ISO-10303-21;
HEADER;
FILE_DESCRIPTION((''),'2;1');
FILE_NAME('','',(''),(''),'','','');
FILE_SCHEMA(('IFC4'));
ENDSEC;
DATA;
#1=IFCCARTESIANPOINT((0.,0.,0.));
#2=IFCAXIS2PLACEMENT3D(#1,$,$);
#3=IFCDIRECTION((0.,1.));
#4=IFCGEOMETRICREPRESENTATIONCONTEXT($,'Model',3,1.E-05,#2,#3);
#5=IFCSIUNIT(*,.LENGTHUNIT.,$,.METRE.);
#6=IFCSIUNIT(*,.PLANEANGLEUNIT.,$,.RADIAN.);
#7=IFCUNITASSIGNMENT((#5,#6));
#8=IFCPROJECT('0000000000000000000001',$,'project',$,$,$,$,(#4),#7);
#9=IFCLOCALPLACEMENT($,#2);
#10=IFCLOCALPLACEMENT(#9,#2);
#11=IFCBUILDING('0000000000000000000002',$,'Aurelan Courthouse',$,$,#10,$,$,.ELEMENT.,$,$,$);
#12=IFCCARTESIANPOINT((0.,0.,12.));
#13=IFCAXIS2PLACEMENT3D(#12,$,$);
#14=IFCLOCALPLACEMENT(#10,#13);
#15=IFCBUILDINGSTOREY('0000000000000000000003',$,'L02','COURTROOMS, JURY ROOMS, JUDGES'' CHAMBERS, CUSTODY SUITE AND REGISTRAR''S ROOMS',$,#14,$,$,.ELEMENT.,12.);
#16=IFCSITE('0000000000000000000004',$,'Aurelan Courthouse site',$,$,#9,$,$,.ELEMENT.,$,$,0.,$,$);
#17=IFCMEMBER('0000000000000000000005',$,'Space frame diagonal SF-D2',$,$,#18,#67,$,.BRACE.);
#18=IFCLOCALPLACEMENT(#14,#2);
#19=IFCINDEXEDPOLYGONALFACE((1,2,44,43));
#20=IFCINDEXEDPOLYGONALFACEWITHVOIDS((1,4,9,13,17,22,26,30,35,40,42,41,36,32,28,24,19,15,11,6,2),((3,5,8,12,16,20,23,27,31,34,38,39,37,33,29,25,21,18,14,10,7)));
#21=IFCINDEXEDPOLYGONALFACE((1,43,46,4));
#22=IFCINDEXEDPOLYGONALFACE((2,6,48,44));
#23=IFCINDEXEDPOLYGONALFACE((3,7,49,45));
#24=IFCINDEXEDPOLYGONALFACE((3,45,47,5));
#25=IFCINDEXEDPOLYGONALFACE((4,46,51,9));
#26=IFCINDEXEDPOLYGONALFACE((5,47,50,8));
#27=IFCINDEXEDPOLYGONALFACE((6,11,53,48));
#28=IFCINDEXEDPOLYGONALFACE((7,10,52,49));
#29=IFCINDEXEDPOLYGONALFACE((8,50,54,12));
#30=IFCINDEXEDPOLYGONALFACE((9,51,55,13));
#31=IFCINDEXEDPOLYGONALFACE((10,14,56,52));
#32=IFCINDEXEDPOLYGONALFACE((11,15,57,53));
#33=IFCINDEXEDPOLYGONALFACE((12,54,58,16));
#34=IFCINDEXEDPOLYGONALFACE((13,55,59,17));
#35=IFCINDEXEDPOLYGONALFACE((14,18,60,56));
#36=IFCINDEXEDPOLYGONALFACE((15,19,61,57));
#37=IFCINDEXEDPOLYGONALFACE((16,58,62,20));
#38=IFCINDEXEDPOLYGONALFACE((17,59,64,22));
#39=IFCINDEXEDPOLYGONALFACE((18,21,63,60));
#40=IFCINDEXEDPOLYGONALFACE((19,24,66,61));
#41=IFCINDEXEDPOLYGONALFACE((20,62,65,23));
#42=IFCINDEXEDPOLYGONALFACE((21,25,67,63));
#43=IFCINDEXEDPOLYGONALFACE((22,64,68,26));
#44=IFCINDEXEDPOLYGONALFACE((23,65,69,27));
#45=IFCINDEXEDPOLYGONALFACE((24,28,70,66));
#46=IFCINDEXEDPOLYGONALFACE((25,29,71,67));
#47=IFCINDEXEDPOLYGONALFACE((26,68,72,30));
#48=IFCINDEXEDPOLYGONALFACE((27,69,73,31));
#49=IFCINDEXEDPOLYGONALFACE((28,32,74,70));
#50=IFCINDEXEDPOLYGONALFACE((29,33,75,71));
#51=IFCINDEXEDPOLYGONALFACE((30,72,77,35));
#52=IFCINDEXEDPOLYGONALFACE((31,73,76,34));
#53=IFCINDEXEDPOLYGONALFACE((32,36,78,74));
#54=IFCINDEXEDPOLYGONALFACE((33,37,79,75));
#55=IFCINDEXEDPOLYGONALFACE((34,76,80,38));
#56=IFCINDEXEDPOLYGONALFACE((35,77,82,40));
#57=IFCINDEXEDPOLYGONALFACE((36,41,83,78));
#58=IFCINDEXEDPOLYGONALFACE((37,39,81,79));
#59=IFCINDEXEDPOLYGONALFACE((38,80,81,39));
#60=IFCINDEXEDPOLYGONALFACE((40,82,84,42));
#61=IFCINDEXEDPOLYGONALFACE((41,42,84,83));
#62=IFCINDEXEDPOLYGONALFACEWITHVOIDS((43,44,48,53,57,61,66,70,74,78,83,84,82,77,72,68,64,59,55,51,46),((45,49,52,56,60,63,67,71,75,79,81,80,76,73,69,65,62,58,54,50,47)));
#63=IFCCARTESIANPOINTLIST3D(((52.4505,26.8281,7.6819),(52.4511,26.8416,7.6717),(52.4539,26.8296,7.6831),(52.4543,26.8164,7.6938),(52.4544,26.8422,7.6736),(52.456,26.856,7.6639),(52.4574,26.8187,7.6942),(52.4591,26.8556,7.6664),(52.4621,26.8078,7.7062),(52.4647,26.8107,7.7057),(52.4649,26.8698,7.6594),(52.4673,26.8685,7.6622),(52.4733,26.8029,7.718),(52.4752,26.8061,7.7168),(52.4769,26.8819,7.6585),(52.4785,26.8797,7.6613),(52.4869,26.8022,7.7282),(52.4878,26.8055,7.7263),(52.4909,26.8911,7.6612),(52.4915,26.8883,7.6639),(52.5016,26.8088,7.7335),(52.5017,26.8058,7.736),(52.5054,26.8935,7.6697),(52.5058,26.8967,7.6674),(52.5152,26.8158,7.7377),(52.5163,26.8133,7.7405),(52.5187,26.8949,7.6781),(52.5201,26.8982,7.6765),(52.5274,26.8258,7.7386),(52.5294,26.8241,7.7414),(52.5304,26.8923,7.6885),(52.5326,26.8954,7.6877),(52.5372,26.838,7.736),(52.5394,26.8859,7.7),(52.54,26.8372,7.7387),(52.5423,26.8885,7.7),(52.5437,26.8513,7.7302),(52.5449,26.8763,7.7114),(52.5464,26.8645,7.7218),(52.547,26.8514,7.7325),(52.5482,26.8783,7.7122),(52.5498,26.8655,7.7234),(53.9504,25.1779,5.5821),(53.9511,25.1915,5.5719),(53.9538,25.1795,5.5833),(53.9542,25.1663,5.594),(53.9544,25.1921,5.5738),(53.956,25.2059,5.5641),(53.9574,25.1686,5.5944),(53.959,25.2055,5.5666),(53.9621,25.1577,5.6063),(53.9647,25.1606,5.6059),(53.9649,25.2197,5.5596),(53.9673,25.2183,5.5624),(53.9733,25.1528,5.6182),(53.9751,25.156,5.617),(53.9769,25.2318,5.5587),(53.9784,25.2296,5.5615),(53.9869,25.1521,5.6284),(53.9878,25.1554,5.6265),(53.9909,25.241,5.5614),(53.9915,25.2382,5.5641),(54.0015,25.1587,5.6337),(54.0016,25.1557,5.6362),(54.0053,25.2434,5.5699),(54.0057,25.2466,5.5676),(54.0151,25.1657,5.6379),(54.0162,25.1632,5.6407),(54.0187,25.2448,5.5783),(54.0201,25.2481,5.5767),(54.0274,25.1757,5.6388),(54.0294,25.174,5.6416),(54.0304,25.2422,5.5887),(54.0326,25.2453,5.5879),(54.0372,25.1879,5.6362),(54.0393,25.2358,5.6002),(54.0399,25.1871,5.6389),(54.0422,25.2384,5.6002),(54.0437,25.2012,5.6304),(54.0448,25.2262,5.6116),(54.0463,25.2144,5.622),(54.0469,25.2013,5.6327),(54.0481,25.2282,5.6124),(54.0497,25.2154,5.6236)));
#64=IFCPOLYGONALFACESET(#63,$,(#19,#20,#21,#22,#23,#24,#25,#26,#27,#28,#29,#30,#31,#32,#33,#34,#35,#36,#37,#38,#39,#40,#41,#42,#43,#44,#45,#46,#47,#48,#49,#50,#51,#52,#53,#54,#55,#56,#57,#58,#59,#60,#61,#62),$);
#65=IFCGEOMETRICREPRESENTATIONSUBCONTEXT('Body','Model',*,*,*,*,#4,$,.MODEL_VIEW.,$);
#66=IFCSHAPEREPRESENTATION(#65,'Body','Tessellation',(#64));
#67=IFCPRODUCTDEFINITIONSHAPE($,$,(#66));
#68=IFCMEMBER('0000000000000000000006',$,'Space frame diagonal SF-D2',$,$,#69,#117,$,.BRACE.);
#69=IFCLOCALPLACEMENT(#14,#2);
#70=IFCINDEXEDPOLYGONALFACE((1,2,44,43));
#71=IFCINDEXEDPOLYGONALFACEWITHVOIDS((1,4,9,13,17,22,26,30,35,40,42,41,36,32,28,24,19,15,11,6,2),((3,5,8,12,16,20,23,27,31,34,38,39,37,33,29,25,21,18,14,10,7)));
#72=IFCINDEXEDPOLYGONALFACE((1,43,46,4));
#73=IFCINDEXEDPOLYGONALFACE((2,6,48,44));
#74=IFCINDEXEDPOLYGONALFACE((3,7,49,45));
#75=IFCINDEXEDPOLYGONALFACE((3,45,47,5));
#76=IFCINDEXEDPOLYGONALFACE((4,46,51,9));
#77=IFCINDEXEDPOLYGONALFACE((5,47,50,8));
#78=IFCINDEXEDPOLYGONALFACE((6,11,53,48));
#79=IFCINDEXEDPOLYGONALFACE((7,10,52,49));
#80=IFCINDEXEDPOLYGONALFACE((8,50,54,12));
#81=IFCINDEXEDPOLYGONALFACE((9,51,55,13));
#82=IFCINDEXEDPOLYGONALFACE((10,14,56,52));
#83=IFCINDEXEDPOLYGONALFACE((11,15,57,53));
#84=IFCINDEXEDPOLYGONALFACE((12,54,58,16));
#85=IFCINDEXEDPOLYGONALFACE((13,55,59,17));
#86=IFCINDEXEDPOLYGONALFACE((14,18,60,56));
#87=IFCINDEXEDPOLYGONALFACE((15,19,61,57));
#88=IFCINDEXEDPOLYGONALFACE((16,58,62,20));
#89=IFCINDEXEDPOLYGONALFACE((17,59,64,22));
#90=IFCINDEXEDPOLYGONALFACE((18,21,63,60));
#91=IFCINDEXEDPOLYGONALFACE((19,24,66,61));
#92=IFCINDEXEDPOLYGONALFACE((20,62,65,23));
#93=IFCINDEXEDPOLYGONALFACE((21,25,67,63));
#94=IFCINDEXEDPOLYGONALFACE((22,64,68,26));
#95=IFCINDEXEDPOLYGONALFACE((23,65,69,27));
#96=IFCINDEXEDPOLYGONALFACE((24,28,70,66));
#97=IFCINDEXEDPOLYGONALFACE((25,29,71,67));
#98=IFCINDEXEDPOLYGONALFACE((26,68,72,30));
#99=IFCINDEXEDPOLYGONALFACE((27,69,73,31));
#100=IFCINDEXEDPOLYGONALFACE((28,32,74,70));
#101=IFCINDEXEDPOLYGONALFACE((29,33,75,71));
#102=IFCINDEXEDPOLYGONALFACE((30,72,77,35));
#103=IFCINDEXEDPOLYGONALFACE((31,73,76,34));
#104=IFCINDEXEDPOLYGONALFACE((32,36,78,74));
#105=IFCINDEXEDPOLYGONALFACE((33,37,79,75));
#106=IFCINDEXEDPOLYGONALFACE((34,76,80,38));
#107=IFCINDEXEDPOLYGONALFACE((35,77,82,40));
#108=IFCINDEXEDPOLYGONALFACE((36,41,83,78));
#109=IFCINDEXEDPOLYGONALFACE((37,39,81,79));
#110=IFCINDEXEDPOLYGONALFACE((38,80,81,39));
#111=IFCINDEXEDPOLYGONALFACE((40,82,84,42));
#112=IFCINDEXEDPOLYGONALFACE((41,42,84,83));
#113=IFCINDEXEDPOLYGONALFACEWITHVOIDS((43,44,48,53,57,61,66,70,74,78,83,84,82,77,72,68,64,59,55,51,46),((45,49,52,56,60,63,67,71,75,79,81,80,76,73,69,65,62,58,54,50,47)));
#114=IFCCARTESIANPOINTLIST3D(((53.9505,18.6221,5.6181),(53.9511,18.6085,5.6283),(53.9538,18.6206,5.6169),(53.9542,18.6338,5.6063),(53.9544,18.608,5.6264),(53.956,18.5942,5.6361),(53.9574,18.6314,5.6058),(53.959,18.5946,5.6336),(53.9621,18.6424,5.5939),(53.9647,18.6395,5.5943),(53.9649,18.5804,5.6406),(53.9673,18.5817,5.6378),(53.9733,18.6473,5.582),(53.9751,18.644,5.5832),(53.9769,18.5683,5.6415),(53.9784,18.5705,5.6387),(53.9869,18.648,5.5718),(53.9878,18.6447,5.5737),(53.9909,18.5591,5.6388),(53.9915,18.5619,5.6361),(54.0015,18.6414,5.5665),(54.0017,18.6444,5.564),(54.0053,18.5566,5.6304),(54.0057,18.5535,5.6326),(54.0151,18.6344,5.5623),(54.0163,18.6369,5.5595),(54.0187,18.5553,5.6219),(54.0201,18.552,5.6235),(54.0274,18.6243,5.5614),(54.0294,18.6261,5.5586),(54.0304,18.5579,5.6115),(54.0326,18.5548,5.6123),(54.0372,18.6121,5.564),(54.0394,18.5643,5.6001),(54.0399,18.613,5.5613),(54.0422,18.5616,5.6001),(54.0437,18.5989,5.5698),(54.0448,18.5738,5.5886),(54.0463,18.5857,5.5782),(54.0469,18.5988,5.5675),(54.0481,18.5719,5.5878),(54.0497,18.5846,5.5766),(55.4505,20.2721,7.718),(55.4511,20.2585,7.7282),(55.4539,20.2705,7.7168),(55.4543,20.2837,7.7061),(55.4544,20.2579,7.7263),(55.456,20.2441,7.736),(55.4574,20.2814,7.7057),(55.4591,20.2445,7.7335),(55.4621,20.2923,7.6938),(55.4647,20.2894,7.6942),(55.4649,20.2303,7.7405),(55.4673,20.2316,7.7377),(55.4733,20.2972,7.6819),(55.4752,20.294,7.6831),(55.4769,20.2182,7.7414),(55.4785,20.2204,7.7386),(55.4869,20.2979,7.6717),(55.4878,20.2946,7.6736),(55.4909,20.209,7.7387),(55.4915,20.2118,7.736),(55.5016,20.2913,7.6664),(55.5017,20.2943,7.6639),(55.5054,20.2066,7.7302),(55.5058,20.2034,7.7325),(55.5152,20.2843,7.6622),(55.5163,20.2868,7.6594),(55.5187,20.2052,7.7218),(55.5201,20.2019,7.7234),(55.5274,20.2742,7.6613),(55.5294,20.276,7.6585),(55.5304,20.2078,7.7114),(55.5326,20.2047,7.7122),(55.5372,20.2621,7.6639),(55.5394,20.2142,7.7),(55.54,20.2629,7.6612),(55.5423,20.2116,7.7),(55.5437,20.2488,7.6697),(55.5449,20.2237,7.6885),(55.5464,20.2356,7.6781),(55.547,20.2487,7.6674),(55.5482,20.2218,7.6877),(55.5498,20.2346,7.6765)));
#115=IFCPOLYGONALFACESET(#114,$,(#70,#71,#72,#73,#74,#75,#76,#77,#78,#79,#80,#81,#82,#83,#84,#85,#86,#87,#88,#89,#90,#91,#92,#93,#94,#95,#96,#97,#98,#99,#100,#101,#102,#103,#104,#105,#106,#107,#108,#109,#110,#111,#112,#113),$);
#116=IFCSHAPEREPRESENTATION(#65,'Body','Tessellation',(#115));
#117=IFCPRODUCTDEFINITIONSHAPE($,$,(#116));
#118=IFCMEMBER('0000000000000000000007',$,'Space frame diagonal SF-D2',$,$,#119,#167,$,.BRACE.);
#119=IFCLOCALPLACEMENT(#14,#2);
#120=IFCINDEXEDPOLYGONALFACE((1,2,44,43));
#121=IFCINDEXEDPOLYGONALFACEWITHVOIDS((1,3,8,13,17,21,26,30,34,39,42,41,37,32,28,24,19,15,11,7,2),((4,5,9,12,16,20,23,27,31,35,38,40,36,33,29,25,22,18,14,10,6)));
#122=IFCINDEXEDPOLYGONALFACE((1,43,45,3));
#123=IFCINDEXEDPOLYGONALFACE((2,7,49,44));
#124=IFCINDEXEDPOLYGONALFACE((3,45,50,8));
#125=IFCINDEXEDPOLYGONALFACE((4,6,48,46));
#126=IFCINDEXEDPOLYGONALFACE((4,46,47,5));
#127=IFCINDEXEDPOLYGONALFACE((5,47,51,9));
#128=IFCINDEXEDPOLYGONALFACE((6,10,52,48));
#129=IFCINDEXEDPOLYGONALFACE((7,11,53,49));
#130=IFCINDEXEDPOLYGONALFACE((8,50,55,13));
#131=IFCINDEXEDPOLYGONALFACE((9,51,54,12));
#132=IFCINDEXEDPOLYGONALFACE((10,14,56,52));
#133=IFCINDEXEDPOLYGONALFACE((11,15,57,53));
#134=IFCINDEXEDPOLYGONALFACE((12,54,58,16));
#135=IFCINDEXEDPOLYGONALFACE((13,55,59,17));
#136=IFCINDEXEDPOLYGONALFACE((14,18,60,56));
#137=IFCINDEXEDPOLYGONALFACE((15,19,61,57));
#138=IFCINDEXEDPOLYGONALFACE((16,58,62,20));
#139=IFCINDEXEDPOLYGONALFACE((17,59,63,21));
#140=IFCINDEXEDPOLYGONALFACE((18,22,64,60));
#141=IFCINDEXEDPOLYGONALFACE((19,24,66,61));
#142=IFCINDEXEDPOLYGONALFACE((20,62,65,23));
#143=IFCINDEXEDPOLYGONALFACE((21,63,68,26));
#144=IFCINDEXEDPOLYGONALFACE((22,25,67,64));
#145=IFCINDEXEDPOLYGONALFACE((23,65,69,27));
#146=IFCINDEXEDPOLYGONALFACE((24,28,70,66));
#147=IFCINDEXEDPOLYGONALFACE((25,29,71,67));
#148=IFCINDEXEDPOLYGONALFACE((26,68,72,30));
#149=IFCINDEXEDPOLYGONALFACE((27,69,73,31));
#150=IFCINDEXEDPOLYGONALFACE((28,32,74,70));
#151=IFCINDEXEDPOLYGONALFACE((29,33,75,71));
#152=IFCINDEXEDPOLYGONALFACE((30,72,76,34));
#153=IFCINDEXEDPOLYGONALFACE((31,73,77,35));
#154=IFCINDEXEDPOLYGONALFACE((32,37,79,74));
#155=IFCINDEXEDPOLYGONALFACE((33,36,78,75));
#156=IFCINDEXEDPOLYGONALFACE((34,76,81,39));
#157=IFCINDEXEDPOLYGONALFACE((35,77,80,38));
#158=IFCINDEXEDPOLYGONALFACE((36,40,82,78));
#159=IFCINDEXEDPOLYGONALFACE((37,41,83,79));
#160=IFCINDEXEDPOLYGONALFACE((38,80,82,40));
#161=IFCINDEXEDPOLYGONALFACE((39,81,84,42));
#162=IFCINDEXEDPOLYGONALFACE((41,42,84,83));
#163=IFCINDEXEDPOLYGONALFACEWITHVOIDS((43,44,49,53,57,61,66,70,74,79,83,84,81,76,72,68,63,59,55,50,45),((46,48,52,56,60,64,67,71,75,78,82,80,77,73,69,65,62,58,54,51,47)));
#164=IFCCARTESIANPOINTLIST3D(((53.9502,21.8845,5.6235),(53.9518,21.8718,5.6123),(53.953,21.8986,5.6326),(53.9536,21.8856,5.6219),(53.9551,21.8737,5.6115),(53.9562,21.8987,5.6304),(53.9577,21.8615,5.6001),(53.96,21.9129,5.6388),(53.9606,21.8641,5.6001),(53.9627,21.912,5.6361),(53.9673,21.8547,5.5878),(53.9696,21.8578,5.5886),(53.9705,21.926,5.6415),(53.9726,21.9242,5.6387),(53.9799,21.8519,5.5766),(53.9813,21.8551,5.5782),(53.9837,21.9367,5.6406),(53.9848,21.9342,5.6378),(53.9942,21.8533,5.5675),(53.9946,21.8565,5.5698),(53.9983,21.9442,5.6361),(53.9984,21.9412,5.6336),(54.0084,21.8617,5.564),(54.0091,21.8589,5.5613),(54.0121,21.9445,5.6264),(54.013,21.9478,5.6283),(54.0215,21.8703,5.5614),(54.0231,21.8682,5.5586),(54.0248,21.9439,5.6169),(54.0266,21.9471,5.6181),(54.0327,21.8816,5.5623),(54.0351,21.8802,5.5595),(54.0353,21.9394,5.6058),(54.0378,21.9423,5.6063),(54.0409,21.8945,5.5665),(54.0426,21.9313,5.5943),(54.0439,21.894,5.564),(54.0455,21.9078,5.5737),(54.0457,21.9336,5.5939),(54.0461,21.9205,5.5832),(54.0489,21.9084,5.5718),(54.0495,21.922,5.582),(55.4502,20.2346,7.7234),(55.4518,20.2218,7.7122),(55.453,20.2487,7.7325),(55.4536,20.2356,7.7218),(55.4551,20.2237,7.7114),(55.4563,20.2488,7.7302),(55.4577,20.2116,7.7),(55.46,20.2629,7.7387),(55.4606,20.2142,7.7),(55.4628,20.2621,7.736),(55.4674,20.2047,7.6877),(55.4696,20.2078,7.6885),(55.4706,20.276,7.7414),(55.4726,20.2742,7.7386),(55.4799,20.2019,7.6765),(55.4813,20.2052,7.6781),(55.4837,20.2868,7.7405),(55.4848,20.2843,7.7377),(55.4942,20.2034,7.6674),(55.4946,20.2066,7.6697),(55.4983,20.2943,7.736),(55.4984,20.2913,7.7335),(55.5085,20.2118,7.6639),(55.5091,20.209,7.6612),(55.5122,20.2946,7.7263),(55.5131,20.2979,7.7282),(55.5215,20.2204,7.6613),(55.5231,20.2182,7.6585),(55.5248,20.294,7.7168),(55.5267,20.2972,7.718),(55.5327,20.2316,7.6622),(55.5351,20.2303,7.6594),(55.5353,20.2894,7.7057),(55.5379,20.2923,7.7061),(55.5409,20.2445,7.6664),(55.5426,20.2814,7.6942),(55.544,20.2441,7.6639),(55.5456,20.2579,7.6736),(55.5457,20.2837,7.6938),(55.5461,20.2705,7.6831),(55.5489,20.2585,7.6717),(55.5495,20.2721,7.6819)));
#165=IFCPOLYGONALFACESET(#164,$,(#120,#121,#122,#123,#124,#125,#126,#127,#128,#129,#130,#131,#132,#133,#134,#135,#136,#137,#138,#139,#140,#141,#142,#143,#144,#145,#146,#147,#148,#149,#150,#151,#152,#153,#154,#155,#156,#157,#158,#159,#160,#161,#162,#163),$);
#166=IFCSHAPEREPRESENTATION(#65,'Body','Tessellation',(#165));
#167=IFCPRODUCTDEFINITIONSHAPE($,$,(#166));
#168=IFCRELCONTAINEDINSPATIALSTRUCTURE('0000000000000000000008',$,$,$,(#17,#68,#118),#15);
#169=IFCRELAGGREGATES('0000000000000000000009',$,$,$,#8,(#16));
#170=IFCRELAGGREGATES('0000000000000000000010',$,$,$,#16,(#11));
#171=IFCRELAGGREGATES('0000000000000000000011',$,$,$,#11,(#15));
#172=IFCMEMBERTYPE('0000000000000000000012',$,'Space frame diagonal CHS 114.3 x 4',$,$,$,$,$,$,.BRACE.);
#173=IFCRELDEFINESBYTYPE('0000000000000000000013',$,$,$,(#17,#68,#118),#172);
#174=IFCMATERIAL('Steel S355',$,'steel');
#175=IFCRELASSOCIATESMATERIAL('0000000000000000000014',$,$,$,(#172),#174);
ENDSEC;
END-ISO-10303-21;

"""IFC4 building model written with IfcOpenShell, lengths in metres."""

from ifc_helpers import new_model, si_unit, direction, frame, origin, origin_2d, place, context, subcontext, project, spatial, hollow_circle, extrude, material, material_profile, profile_set, type_object, element, save


model = new_model("IFC4")

# Units and contexts
model_context = context("Model", 3, precision=1e-05, world=origin(), true_north=direction((0.0, 1.0)))
body_context = subcontext(model_context, "Body", "Model", "MODEL_VIEW")
ifc_project = project(units=[si_unit("LENGTHUNIT", "METRE"), si_unit("PLANEANGLEUNIT", "RADIAN")], contexts=[model_context])

# Site, building, storey
site_placement = place(None, origin())
site = spatial("IfcSite", under=ifc_project, at=site_placement, Name="Aurelan Courthouse site", CompositionType="ELEMENT", RefElevation=0.0)
building_placement = place(site_placement, origin())
building = spatial("IfcBuilding", under=site, at=building_placement, Name="Aurelan Courthouse", CompositionType="ELEMENT")
storey_placement = place(building_placement, frame((0.0, 0.0, 12.0)))
storey = spatial("IfcBuildingStorey", under=building, at=storey_placement, Name="L02", Description="COURTROOMS, JURY ROOMS, JUDGES' CHAMBERS, CUSTODY SUITE AND REGISTRAR'S ROOMS", CompositionType="ELEMENT", Elevation=12.0)

# Members
ifc_material_1 = material(Name="Steel S355", Category="steel")
ifc_material_profile_1 = material_profile(ifc_material_1, hollow_circle(Radius=0.0571, WallThickness=0.0039, at=origin_2d()), Name="CHS 114.3 x 4")
ifc_profile_set_1 = profile_set([ifc_material_profile_1], Name="Steel S355")
member_type_1 = type_object("IfcMemberType", Name="Space frame diagonal CHS 114.3 x 4", PredefinedType="BRACE", material=ifc_profile_set_1)
for number, where, z_axis, x_axis, name in (
    (1, (52.5, 26.8501, 7.7), (0.489706, -0.538724, -0.68554), (0.73997, 0.67264, 0.0), "Space frame diagonal SF-D2"),
    (2, (55.5, 20.25, 7.7), (-0.489727, -0.538667, -0.685569), (0.73992, -0.672695, 0.0), "Space frame diagonal SF-D2"),
    (3, (55.5, 20.25, 7.7), (-0.489727, 0.538667, -0.685569), (-0.73992, -0.672695, 0.0), "Space frame diagonal SF-D2"),
):
    element("IfcMember", number, at=place(storey_placement, frame(where, z_axis=z_axis, x_axis=x_axis)), inside=storey, type_object=member_type_1, Name=name, PredefinedType="BRACE", context=body_context, shape_type="SweptSolid", body=[
        extrude(hollow_circle(Radius=0.0571, WallThickness=0.0039, at=origin_2d()), origin(), (0.0, 0.0, 1.0), 3.063),
    ])

save(model, "model.ifc")
